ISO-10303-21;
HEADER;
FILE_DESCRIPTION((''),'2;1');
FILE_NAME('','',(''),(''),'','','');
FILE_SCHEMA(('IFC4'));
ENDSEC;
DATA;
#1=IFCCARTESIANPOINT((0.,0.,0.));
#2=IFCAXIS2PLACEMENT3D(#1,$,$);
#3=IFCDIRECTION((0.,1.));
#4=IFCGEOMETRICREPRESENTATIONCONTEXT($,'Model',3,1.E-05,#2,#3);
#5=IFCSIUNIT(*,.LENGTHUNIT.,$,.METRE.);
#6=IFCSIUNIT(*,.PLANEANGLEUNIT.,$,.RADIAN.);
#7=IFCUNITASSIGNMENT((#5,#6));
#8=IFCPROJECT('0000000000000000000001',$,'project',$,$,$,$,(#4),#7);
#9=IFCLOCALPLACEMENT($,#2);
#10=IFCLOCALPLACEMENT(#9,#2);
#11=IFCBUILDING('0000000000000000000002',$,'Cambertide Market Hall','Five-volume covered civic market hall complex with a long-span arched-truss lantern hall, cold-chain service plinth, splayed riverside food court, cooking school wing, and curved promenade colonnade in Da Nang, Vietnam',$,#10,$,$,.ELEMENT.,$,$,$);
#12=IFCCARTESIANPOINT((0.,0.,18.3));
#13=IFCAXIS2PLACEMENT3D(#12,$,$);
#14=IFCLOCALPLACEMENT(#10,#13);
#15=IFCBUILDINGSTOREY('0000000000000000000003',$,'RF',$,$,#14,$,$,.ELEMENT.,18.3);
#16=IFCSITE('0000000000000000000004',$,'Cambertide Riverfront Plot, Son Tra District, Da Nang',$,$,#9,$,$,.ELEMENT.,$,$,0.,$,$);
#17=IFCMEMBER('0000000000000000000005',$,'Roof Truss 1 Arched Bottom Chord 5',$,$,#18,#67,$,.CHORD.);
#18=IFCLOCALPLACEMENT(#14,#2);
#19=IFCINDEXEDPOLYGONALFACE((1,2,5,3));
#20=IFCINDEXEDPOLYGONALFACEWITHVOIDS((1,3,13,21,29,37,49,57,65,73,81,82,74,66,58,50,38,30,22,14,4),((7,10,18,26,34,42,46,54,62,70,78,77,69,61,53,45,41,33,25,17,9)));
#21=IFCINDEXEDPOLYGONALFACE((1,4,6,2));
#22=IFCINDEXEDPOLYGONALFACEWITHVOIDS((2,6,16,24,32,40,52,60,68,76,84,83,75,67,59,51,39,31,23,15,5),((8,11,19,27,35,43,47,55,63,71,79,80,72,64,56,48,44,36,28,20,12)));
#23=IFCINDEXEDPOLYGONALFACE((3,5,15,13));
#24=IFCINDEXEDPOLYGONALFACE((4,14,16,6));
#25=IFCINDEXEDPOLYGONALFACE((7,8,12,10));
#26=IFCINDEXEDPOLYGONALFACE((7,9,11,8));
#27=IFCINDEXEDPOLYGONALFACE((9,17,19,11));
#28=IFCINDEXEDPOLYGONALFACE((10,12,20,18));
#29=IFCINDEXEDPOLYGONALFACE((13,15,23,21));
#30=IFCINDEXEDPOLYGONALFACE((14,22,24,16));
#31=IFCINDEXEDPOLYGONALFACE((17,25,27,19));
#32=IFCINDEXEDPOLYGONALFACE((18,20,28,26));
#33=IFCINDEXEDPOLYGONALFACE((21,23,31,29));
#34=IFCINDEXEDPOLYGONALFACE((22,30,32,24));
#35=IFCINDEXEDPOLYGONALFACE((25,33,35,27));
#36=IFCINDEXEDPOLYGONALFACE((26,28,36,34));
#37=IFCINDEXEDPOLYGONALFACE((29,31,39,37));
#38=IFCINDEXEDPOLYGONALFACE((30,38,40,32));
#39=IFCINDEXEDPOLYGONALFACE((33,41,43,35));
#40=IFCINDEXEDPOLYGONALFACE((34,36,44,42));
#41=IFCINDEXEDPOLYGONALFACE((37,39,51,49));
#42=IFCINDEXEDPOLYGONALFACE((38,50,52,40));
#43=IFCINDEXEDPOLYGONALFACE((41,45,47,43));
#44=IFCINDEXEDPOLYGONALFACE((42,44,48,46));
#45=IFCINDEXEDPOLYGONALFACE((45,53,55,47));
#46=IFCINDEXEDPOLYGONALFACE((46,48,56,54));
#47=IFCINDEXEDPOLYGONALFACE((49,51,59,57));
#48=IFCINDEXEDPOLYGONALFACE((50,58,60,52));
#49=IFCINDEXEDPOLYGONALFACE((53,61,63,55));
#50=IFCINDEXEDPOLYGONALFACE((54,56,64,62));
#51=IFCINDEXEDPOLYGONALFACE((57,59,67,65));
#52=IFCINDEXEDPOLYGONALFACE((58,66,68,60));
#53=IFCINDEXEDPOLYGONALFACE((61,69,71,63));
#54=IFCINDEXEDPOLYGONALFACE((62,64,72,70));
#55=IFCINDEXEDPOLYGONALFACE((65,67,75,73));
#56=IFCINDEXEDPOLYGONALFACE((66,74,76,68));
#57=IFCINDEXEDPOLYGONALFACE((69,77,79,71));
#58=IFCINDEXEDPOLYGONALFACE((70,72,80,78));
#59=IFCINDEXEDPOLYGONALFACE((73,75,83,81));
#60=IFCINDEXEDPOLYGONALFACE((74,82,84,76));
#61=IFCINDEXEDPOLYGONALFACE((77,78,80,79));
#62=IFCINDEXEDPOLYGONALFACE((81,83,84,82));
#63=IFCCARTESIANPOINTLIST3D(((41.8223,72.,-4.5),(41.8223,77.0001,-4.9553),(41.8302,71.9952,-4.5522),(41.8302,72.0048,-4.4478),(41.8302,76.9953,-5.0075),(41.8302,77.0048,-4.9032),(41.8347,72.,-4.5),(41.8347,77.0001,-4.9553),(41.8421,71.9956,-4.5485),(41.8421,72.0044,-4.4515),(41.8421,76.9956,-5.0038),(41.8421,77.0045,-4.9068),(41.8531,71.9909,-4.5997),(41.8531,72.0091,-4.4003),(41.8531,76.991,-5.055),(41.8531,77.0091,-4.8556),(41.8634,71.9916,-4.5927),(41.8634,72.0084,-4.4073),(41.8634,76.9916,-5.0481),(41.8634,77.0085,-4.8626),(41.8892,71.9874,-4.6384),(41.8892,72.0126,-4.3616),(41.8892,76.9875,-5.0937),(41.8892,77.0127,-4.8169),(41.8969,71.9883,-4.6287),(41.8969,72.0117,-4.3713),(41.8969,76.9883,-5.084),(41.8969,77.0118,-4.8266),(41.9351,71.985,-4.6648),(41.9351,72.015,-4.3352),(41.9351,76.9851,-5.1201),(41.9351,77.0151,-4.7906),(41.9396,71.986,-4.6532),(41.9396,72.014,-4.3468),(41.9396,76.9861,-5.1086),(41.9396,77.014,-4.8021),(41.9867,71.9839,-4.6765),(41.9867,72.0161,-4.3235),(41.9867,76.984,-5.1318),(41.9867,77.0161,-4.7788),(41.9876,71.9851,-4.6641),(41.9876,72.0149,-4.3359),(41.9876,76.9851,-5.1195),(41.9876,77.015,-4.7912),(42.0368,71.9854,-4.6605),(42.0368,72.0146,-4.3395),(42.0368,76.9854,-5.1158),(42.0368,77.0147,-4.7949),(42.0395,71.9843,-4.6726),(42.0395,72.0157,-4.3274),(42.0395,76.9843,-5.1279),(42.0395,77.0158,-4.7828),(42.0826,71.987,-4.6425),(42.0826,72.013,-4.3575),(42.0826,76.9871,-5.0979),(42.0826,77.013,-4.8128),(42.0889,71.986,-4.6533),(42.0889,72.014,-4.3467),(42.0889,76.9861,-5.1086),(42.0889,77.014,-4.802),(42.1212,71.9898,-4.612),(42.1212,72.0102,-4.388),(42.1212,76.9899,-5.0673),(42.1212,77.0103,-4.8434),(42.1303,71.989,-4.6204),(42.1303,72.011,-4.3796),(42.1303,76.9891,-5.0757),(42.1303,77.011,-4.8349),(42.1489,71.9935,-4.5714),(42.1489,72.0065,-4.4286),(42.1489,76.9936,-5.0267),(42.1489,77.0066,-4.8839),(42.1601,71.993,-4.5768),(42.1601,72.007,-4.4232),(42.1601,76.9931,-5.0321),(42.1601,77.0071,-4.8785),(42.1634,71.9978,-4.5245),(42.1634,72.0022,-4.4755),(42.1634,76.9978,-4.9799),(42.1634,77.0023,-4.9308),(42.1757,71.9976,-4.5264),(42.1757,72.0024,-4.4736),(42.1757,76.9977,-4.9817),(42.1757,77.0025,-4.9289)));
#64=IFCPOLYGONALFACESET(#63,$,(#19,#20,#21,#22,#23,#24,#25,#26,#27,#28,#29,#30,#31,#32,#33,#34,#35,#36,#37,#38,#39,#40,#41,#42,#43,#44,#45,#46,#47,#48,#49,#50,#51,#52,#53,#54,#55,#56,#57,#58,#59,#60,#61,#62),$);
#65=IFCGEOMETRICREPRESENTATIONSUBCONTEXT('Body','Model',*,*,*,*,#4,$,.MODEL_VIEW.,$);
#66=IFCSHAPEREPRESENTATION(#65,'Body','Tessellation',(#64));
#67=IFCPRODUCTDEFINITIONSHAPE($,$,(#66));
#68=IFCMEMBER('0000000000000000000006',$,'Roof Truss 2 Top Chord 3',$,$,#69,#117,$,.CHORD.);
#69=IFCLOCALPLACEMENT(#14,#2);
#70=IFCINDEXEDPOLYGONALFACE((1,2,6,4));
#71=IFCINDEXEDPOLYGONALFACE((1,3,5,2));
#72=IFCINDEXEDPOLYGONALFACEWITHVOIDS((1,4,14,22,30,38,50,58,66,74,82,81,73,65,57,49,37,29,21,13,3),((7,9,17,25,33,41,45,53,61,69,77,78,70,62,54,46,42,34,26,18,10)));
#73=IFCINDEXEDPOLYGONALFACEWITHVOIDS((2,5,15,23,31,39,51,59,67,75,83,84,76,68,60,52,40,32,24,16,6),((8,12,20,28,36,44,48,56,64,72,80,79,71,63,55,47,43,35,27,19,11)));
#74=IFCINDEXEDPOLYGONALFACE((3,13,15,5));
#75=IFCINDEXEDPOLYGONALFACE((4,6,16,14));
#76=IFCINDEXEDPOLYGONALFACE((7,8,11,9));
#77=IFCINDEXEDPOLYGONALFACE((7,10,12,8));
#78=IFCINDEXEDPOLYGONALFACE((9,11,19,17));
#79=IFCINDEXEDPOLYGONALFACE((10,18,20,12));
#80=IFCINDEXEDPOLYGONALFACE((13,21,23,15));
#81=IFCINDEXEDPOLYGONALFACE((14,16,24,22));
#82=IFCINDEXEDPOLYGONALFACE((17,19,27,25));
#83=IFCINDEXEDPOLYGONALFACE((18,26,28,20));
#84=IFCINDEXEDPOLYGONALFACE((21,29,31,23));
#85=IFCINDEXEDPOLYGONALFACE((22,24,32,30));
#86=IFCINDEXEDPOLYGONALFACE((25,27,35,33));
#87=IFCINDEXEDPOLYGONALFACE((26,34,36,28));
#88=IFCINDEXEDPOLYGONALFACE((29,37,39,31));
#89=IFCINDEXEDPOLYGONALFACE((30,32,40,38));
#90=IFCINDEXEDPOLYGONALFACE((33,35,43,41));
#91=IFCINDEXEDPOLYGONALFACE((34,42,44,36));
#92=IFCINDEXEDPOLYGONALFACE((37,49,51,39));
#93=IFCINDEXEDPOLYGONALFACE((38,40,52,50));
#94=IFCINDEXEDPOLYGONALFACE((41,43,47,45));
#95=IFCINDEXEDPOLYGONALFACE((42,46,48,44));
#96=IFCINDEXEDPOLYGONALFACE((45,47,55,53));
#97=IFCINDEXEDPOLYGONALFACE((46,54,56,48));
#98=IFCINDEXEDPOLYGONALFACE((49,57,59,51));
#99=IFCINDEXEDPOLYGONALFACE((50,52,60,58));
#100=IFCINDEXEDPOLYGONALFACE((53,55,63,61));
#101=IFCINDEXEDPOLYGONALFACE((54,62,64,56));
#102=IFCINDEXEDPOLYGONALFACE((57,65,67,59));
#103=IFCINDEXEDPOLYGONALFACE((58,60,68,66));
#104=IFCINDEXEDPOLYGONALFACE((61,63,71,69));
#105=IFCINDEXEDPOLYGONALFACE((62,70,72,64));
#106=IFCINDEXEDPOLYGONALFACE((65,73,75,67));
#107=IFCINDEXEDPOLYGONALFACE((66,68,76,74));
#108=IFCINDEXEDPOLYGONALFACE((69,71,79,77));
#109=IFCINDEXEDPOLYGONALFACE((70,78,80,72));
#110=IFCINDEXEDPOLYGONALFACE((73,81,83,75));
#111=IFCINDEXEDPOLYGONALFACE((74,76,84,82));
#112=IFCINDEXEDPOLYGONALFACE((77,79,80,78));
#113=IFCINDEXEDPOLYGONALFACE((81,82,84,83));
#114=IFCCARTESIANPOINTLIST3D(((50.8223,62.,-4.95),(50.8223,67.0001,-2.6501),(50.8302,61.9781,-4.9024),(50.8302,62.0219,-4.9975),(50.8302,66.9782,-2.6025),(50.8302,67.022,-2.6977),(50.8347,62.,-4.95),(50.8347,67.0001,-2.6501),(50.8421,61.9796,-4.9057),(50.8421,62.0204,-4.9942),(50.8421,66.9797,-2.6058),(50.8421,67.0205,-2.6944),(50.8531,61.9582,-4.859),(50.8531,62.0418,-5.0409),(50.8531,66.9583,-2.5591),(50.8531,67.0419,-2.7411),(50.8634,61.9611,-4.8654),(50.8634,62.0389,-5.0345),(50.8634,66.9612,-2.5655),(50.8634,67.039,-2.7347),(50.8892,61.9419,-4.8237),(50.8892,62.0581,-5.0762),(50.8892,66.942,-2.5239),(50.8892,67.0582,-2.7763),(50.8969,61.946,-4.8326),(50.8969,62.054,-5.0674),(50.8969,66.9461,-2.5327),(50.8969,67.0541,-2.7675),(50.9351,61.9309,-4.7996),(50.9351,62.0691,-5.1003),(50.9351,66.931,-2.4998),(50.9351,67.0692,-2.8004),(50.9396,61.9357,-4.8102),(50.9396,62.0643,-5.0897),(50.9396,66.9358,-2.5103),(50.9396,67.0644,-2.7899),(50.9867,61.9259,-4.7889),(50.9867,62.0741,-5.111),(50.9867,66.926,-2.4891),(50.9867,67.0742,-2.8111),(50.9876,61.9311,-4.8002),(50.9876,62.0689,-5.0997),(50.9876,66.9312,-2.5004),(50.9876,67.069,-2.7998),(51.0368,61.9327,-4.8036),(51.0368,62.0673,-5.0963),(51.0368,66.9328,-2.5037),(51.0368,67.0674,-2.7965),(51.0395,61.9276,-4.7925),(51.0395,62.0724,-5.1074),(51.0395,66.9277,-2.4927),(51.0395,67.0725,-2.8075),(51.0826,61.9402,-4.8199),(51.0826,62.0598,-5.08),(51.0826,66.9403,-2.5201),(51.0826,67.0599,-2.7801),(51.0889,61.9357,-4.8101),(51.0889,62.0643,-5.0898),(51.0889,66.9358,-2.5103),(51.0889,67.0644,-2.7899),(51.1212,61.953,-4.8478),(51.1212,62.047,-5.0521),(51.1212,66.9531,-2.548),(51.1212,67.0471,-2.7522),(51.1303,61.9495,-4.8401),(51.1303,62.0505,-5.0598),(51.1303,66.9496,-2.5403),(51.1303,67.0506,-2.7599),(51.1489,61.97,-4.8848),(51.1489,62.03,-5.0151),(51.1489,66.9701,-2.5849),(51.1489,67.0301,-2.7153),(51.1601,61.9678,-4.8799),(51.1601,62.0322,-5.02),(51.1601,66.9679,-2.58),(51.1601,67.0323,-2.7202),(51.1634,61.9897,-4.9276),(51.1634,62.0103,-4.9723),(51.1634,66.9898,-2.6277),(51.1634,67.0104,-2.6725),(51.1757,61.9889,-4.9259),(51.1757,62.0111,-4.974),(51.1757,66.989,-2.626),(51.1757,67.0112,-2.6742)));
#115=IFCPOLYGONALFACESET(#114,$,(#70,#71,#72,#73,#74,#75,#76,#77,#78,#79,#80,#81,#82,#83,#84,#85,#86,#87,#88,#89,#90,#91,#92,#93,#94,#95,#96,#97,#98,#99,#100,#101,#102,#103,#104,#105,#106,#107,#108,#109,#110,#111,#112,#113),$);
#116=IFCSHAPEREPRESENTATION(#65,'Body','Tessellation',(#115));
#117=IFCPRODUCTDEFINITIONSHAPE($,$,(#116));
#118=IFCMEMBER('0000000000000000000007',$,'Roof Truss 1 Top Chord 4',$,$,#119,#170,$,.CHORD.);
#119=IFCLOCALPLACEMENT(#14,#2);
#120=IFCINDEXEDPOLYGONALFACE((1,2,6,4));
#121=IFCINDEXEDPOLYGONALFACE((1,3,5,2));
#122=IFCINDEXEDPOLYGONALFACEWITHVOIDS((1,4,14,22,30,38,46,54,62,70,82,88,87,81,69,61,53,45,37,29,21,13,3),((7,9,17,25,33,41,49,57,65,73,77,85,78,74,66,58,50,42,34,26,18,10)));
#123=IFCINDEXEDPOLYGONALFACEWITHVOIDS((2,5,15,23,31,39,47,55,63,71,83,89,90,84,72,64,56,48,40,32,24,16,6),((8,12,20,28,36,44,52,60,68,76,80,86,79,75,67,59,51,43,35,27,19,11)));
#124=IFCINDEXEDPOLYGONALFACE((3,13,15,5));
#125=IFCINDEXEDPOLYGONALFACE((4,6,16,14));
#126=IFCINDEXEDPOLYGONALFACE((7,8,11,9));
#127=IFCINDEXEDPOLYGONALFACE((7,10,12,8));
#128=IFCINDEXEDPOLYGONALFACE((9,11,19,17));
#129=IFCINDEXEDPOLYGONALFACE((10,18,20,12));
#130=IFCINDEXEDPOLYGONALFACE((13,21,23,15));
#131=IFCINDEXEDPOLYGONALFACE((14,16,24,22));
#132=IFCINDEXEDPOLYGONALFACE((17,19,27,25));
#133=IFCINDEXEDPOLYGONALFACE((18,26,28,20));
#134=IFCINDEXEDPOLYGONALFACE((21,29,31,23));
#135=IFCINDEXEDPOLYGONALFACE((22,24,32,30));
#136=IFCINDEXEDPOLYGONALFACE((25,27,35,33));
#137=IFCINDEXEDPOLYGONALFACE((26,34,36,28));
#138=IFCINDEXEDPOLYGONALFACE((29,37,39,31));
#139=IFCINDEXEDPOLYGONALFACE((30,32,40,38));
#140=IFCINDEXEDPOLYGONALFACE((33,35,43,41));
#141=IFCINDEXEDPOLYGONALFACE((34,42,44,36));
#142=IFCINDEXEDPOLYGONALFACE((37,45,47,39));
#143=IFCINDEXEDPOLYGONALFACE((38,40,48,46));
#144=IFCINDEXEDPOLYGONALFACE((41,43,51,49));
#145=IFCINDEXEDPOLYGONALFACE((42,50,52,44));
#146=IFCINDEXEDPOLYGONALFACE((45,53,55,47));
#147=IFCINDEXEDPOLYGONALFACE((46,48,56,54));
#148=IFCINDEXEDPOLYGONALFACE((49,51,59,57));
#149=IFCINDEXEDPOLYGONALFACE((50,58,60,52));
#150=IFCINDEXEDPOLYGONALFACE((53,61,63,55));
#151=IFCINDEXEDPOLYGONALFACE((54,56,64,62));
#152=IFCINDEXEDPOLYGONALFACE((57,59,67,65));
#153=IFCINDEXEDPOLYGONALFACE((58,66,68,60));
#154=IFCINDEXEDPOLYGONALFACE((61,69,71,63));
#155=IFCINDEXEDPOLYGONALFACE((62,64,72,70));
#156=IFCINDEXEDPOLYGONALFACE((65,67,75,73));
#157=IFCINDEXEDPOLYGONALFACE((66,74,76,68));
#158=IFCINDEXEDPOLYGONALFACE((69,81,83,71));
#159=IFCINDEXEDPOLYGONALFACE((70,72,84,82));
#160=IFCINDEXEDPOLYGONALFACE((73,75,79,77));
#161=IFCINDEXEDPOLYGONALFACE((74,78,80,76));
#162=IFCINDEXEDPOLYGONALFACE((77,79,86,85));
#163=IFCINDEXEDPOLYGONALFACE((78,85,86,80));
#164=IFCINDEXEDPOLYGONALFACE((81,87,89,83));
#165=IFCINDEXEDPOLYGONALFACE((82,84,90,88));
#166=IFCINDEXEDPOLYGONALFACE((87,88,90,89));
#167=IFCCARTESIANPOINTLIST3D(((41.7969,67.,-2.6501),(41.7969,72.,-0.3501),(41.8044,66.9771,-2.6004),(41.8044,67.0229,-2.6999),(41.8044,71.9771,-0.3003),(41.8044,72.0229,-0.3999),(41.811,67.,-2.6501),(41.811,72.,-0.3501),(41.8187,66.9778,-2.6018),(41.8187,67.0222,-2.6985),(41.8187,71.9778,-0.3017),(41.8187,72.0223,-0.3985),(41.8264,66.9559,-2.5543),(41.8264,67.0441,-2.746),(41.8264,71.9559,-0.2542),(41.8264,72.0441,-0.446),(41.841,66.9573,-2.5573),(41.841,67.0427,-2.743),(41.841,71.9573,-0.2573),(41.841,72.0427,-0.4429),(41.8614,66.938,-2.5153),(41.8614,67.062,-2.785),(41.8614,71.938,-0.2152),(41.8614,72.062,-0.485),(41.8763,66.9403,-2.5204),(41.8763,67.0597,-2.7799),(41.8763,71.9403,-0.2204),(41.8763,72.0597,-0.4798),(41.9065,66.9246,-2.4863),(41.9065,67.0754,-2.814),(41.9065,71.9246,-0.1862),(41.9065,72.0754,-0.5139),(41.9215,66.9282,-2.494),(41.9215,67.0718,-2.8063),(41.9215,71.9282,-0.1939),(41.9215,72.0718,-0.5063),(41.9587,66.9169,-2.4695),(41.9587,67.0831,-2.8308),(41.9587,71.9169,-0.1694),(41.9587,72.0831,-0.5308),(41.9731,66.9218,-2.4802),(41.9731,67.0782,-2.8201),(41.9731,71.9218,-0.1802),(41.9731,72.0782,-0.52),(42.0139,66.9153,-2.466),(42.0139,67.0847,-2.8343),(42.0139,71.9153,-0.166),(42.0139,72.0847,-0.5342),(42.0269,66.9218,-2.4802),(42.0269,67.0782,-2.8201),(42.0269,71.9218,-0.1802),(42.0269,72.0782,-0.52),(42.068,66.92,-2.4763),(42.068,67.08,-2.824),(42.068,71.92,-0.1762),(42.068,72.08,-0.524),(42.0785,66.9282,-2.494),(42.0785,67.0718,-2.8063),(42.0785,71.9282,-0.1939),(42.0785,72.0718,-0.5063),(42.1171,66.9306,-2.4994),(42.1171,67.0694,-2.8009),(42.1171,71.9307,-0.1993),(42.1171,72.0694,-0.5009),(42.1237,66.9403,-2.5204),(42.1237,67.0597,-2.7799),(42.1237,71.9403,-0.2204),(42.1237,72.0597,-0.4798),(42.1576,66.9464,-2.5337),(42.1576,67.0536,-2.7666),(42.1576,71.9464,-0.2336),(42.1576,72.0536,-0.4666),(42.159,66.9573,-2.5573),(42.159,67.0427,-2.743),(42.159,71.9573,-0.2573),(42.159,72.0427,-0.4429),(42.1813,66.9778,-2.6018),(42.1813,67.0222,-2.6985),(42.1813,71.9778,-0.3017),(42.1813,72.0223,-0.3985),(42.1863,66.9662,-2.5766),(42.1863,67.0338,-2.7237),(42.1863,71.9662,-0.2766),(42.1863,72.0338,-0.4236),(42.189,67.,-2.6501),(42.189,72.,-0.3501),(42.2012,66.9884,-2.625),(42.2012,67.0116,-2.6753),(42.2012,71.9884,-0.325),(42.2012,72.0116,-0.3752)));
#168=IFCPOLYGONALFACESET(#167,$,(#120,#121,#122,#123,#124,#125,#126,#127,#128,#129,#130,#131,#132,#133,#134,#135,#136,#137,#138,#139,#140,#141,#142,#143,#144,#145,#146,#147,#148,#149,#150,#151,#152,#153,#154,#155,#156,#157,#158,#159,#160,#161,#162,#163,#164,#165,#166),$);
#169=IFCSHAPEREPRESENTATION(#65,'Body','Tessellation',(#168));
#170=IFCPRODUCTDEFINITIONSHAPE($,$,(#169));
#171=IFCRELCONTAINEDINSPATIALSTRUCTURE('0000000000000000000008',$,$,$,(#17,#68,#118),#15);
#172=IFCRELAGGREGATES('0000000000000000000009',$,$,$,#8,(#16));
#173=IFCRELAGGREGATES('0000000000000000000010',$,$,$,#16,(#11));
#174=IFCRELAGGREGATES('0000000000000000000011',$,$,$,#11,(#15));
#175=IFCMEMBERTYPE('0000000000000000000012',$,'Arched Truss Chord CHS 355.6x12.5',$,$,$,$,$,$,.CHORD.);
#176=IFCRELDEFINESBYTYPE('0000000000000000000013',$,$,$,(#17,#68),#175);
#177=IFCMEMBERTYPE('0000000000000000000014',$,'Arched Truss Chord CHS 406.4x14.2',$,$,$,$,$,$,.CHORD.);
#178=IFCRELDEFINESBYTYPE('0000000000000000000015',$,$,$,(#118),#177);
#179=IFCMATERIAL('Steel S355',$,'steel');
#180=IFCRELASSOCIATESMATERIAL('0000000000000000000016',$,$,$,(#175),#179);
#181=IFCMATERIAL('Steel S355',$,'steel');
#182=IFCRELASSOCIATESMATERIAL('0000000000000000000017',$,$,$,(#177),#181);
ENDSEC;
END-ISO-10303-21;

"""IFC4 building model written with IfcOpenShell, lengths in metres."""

from ifc_helpers import new_model, si_unit, direction, frame, origin, origin_2d, place, context, subcontext, project, spatial, hollow_circle, extrude, material, material_profile, profile_set, type_object, element, save


model = new_model("IFC4")

# Units and contexts
model_context = context("Model", 3, precision=1e-05, world=origin(), true_north=direction((0.0, 1.0)))
body_context = subcontext(model_context, "Body", "Model", "MODEL_VIEW")
ifc_project = project(units=[si_unit("LENGTHUNIT", "METRE"), si_unit("PLANEANGLEUNIT", "RADIAN")], contexts=[model_context])

# Site, building, storey
site_placement = place(None, origin())
site = spatial("IfcSite", under=ifc_project, at=site_placement, Name="Cambertide Riverfront Plot, Son Tra District, Da Nang", CompositionType="ELEMENT", RefElevation=0.0)
building_placement = place(site_placement, origin())
building = spatial("IfcBuilding", under=site, at=building_placement, Name="Cambertide Market Hall", Description="Five-volume covered civic market hall complex with a long-span arched-truss lantern hall, cold-chain service plinth, splayed riverside food court, cooking school wing, and curved promenade colonnade in Da Nang, Vietnam", CompositionType="ELEMENT")
storey_placement = place(building_placement, frame((0.0, 0.0, 18.3)))
storey = spatial("IfcBuildingStorey", under=building, at=storey_placement, Name="RF", CompositionType="ELEMENT", Elevation=18.3)

# Members
ifc_material_1 = material(Name="Steel S355", Category="steel")
ifc_material_profile_1 = material_profile(ifc_material_1, hollow_circle(Radius=0.1777, WallThickness=0.0125, at=origin_2d()), Name="CHS 355.6x12.5")
ifc_profile_set_1 = profile_set([ifc_material_profile_1], Name="Steel S355")
member_type_1 = type_object("IfcMemberType", Name="Arched Truss Chord CHS 355.6x12.5", PredefinedType="CHORD", material=ifc_profile_set_1)
for number, where, z_axis, x_axis, name in (
    (1, (42.0, 72.0, -4.5), (0.0, 0.995879, -0.090689), (-1.0, 0.0, 0.0), "Roof Truss 1 Arched Bottom Chord 5"),
):
    element("IfcMember", number, at=place(storey_placement, frame(where, z_axis=z_axis, x_axis=x_axis)), inside=storey, type_object=member_type_1, Name=name, PredefinedType="CHORD", context=body_context, shape_type="SweptSolid", body=[
        extrude(hollow_circle(Radius=0.1777, WallThickness=0.0125, at=origin_2d()), origin(), (0.0, 0.0, 1.0), 5.0208),
    ])
member_1_placement = place(storey_placement, frame((51.0, 62.0, -4.95), z_axis=(0.0, 0.908504, 0.417876), x_axis=(-1.0, 0.0, 0.0)))
element("IfcMember", 2, at=member_1_placement, inside=storey, type_object=member_type_1, Name="Roof Truss 2 Top Chord 3", PredefinedType="CHORD", context=body_context, shape_type="SweptSolid", body=[
    extrude(hollow_circle(Radius=0.1777, WallThickness=0.0125, at=origin_2d()), origin(), (0.0, 0.0, 1.0), 5.5037),
])
ifc_material_2 = material(Name="Steel S355", Category="steel")
ifc_material_profile_2 = material_profile(ifc_material_2, hollow_circle(Radius=0.2031, WallThickness=0.0142, at=origin_2d()), Name="CHS 406.4x14.2")
ifc_profile_set_2 = profile_set([ifc_material_profile_2], Name="Steel S355")
member_type_2 = type_object("IfcMemberType", Name="Arched Truss Chord CHS 406.4x14.2", PredefinedType="CHORD", material=ifc_profile_set_2)
for number, where, z_axis, x_axis, name in (
    (3, (42.0, 67.0, -2.6501), (0.0, 0.908487, 0.417913), (-1.0, 0.0, 0.0), "Roof Truss 1 Top Chord 4"),
):
    element("IfcMember", number, at=place(storey_placement, frame(where, z_axis=z_axis, x_axis=x_axis)), inside=storey, type_object=member_type_2, Name=name, PredefinedType="CHORD", context=body_context, shape_type="SweptSolid", body=[
        extrude(hollow_circle(Radius=0.2031, WallThickness=0.0142, at=origin_2d()), origin(), (0.0, 0.0, 1.0), 5.5037),
    ])

save(model, "model.ifc")
